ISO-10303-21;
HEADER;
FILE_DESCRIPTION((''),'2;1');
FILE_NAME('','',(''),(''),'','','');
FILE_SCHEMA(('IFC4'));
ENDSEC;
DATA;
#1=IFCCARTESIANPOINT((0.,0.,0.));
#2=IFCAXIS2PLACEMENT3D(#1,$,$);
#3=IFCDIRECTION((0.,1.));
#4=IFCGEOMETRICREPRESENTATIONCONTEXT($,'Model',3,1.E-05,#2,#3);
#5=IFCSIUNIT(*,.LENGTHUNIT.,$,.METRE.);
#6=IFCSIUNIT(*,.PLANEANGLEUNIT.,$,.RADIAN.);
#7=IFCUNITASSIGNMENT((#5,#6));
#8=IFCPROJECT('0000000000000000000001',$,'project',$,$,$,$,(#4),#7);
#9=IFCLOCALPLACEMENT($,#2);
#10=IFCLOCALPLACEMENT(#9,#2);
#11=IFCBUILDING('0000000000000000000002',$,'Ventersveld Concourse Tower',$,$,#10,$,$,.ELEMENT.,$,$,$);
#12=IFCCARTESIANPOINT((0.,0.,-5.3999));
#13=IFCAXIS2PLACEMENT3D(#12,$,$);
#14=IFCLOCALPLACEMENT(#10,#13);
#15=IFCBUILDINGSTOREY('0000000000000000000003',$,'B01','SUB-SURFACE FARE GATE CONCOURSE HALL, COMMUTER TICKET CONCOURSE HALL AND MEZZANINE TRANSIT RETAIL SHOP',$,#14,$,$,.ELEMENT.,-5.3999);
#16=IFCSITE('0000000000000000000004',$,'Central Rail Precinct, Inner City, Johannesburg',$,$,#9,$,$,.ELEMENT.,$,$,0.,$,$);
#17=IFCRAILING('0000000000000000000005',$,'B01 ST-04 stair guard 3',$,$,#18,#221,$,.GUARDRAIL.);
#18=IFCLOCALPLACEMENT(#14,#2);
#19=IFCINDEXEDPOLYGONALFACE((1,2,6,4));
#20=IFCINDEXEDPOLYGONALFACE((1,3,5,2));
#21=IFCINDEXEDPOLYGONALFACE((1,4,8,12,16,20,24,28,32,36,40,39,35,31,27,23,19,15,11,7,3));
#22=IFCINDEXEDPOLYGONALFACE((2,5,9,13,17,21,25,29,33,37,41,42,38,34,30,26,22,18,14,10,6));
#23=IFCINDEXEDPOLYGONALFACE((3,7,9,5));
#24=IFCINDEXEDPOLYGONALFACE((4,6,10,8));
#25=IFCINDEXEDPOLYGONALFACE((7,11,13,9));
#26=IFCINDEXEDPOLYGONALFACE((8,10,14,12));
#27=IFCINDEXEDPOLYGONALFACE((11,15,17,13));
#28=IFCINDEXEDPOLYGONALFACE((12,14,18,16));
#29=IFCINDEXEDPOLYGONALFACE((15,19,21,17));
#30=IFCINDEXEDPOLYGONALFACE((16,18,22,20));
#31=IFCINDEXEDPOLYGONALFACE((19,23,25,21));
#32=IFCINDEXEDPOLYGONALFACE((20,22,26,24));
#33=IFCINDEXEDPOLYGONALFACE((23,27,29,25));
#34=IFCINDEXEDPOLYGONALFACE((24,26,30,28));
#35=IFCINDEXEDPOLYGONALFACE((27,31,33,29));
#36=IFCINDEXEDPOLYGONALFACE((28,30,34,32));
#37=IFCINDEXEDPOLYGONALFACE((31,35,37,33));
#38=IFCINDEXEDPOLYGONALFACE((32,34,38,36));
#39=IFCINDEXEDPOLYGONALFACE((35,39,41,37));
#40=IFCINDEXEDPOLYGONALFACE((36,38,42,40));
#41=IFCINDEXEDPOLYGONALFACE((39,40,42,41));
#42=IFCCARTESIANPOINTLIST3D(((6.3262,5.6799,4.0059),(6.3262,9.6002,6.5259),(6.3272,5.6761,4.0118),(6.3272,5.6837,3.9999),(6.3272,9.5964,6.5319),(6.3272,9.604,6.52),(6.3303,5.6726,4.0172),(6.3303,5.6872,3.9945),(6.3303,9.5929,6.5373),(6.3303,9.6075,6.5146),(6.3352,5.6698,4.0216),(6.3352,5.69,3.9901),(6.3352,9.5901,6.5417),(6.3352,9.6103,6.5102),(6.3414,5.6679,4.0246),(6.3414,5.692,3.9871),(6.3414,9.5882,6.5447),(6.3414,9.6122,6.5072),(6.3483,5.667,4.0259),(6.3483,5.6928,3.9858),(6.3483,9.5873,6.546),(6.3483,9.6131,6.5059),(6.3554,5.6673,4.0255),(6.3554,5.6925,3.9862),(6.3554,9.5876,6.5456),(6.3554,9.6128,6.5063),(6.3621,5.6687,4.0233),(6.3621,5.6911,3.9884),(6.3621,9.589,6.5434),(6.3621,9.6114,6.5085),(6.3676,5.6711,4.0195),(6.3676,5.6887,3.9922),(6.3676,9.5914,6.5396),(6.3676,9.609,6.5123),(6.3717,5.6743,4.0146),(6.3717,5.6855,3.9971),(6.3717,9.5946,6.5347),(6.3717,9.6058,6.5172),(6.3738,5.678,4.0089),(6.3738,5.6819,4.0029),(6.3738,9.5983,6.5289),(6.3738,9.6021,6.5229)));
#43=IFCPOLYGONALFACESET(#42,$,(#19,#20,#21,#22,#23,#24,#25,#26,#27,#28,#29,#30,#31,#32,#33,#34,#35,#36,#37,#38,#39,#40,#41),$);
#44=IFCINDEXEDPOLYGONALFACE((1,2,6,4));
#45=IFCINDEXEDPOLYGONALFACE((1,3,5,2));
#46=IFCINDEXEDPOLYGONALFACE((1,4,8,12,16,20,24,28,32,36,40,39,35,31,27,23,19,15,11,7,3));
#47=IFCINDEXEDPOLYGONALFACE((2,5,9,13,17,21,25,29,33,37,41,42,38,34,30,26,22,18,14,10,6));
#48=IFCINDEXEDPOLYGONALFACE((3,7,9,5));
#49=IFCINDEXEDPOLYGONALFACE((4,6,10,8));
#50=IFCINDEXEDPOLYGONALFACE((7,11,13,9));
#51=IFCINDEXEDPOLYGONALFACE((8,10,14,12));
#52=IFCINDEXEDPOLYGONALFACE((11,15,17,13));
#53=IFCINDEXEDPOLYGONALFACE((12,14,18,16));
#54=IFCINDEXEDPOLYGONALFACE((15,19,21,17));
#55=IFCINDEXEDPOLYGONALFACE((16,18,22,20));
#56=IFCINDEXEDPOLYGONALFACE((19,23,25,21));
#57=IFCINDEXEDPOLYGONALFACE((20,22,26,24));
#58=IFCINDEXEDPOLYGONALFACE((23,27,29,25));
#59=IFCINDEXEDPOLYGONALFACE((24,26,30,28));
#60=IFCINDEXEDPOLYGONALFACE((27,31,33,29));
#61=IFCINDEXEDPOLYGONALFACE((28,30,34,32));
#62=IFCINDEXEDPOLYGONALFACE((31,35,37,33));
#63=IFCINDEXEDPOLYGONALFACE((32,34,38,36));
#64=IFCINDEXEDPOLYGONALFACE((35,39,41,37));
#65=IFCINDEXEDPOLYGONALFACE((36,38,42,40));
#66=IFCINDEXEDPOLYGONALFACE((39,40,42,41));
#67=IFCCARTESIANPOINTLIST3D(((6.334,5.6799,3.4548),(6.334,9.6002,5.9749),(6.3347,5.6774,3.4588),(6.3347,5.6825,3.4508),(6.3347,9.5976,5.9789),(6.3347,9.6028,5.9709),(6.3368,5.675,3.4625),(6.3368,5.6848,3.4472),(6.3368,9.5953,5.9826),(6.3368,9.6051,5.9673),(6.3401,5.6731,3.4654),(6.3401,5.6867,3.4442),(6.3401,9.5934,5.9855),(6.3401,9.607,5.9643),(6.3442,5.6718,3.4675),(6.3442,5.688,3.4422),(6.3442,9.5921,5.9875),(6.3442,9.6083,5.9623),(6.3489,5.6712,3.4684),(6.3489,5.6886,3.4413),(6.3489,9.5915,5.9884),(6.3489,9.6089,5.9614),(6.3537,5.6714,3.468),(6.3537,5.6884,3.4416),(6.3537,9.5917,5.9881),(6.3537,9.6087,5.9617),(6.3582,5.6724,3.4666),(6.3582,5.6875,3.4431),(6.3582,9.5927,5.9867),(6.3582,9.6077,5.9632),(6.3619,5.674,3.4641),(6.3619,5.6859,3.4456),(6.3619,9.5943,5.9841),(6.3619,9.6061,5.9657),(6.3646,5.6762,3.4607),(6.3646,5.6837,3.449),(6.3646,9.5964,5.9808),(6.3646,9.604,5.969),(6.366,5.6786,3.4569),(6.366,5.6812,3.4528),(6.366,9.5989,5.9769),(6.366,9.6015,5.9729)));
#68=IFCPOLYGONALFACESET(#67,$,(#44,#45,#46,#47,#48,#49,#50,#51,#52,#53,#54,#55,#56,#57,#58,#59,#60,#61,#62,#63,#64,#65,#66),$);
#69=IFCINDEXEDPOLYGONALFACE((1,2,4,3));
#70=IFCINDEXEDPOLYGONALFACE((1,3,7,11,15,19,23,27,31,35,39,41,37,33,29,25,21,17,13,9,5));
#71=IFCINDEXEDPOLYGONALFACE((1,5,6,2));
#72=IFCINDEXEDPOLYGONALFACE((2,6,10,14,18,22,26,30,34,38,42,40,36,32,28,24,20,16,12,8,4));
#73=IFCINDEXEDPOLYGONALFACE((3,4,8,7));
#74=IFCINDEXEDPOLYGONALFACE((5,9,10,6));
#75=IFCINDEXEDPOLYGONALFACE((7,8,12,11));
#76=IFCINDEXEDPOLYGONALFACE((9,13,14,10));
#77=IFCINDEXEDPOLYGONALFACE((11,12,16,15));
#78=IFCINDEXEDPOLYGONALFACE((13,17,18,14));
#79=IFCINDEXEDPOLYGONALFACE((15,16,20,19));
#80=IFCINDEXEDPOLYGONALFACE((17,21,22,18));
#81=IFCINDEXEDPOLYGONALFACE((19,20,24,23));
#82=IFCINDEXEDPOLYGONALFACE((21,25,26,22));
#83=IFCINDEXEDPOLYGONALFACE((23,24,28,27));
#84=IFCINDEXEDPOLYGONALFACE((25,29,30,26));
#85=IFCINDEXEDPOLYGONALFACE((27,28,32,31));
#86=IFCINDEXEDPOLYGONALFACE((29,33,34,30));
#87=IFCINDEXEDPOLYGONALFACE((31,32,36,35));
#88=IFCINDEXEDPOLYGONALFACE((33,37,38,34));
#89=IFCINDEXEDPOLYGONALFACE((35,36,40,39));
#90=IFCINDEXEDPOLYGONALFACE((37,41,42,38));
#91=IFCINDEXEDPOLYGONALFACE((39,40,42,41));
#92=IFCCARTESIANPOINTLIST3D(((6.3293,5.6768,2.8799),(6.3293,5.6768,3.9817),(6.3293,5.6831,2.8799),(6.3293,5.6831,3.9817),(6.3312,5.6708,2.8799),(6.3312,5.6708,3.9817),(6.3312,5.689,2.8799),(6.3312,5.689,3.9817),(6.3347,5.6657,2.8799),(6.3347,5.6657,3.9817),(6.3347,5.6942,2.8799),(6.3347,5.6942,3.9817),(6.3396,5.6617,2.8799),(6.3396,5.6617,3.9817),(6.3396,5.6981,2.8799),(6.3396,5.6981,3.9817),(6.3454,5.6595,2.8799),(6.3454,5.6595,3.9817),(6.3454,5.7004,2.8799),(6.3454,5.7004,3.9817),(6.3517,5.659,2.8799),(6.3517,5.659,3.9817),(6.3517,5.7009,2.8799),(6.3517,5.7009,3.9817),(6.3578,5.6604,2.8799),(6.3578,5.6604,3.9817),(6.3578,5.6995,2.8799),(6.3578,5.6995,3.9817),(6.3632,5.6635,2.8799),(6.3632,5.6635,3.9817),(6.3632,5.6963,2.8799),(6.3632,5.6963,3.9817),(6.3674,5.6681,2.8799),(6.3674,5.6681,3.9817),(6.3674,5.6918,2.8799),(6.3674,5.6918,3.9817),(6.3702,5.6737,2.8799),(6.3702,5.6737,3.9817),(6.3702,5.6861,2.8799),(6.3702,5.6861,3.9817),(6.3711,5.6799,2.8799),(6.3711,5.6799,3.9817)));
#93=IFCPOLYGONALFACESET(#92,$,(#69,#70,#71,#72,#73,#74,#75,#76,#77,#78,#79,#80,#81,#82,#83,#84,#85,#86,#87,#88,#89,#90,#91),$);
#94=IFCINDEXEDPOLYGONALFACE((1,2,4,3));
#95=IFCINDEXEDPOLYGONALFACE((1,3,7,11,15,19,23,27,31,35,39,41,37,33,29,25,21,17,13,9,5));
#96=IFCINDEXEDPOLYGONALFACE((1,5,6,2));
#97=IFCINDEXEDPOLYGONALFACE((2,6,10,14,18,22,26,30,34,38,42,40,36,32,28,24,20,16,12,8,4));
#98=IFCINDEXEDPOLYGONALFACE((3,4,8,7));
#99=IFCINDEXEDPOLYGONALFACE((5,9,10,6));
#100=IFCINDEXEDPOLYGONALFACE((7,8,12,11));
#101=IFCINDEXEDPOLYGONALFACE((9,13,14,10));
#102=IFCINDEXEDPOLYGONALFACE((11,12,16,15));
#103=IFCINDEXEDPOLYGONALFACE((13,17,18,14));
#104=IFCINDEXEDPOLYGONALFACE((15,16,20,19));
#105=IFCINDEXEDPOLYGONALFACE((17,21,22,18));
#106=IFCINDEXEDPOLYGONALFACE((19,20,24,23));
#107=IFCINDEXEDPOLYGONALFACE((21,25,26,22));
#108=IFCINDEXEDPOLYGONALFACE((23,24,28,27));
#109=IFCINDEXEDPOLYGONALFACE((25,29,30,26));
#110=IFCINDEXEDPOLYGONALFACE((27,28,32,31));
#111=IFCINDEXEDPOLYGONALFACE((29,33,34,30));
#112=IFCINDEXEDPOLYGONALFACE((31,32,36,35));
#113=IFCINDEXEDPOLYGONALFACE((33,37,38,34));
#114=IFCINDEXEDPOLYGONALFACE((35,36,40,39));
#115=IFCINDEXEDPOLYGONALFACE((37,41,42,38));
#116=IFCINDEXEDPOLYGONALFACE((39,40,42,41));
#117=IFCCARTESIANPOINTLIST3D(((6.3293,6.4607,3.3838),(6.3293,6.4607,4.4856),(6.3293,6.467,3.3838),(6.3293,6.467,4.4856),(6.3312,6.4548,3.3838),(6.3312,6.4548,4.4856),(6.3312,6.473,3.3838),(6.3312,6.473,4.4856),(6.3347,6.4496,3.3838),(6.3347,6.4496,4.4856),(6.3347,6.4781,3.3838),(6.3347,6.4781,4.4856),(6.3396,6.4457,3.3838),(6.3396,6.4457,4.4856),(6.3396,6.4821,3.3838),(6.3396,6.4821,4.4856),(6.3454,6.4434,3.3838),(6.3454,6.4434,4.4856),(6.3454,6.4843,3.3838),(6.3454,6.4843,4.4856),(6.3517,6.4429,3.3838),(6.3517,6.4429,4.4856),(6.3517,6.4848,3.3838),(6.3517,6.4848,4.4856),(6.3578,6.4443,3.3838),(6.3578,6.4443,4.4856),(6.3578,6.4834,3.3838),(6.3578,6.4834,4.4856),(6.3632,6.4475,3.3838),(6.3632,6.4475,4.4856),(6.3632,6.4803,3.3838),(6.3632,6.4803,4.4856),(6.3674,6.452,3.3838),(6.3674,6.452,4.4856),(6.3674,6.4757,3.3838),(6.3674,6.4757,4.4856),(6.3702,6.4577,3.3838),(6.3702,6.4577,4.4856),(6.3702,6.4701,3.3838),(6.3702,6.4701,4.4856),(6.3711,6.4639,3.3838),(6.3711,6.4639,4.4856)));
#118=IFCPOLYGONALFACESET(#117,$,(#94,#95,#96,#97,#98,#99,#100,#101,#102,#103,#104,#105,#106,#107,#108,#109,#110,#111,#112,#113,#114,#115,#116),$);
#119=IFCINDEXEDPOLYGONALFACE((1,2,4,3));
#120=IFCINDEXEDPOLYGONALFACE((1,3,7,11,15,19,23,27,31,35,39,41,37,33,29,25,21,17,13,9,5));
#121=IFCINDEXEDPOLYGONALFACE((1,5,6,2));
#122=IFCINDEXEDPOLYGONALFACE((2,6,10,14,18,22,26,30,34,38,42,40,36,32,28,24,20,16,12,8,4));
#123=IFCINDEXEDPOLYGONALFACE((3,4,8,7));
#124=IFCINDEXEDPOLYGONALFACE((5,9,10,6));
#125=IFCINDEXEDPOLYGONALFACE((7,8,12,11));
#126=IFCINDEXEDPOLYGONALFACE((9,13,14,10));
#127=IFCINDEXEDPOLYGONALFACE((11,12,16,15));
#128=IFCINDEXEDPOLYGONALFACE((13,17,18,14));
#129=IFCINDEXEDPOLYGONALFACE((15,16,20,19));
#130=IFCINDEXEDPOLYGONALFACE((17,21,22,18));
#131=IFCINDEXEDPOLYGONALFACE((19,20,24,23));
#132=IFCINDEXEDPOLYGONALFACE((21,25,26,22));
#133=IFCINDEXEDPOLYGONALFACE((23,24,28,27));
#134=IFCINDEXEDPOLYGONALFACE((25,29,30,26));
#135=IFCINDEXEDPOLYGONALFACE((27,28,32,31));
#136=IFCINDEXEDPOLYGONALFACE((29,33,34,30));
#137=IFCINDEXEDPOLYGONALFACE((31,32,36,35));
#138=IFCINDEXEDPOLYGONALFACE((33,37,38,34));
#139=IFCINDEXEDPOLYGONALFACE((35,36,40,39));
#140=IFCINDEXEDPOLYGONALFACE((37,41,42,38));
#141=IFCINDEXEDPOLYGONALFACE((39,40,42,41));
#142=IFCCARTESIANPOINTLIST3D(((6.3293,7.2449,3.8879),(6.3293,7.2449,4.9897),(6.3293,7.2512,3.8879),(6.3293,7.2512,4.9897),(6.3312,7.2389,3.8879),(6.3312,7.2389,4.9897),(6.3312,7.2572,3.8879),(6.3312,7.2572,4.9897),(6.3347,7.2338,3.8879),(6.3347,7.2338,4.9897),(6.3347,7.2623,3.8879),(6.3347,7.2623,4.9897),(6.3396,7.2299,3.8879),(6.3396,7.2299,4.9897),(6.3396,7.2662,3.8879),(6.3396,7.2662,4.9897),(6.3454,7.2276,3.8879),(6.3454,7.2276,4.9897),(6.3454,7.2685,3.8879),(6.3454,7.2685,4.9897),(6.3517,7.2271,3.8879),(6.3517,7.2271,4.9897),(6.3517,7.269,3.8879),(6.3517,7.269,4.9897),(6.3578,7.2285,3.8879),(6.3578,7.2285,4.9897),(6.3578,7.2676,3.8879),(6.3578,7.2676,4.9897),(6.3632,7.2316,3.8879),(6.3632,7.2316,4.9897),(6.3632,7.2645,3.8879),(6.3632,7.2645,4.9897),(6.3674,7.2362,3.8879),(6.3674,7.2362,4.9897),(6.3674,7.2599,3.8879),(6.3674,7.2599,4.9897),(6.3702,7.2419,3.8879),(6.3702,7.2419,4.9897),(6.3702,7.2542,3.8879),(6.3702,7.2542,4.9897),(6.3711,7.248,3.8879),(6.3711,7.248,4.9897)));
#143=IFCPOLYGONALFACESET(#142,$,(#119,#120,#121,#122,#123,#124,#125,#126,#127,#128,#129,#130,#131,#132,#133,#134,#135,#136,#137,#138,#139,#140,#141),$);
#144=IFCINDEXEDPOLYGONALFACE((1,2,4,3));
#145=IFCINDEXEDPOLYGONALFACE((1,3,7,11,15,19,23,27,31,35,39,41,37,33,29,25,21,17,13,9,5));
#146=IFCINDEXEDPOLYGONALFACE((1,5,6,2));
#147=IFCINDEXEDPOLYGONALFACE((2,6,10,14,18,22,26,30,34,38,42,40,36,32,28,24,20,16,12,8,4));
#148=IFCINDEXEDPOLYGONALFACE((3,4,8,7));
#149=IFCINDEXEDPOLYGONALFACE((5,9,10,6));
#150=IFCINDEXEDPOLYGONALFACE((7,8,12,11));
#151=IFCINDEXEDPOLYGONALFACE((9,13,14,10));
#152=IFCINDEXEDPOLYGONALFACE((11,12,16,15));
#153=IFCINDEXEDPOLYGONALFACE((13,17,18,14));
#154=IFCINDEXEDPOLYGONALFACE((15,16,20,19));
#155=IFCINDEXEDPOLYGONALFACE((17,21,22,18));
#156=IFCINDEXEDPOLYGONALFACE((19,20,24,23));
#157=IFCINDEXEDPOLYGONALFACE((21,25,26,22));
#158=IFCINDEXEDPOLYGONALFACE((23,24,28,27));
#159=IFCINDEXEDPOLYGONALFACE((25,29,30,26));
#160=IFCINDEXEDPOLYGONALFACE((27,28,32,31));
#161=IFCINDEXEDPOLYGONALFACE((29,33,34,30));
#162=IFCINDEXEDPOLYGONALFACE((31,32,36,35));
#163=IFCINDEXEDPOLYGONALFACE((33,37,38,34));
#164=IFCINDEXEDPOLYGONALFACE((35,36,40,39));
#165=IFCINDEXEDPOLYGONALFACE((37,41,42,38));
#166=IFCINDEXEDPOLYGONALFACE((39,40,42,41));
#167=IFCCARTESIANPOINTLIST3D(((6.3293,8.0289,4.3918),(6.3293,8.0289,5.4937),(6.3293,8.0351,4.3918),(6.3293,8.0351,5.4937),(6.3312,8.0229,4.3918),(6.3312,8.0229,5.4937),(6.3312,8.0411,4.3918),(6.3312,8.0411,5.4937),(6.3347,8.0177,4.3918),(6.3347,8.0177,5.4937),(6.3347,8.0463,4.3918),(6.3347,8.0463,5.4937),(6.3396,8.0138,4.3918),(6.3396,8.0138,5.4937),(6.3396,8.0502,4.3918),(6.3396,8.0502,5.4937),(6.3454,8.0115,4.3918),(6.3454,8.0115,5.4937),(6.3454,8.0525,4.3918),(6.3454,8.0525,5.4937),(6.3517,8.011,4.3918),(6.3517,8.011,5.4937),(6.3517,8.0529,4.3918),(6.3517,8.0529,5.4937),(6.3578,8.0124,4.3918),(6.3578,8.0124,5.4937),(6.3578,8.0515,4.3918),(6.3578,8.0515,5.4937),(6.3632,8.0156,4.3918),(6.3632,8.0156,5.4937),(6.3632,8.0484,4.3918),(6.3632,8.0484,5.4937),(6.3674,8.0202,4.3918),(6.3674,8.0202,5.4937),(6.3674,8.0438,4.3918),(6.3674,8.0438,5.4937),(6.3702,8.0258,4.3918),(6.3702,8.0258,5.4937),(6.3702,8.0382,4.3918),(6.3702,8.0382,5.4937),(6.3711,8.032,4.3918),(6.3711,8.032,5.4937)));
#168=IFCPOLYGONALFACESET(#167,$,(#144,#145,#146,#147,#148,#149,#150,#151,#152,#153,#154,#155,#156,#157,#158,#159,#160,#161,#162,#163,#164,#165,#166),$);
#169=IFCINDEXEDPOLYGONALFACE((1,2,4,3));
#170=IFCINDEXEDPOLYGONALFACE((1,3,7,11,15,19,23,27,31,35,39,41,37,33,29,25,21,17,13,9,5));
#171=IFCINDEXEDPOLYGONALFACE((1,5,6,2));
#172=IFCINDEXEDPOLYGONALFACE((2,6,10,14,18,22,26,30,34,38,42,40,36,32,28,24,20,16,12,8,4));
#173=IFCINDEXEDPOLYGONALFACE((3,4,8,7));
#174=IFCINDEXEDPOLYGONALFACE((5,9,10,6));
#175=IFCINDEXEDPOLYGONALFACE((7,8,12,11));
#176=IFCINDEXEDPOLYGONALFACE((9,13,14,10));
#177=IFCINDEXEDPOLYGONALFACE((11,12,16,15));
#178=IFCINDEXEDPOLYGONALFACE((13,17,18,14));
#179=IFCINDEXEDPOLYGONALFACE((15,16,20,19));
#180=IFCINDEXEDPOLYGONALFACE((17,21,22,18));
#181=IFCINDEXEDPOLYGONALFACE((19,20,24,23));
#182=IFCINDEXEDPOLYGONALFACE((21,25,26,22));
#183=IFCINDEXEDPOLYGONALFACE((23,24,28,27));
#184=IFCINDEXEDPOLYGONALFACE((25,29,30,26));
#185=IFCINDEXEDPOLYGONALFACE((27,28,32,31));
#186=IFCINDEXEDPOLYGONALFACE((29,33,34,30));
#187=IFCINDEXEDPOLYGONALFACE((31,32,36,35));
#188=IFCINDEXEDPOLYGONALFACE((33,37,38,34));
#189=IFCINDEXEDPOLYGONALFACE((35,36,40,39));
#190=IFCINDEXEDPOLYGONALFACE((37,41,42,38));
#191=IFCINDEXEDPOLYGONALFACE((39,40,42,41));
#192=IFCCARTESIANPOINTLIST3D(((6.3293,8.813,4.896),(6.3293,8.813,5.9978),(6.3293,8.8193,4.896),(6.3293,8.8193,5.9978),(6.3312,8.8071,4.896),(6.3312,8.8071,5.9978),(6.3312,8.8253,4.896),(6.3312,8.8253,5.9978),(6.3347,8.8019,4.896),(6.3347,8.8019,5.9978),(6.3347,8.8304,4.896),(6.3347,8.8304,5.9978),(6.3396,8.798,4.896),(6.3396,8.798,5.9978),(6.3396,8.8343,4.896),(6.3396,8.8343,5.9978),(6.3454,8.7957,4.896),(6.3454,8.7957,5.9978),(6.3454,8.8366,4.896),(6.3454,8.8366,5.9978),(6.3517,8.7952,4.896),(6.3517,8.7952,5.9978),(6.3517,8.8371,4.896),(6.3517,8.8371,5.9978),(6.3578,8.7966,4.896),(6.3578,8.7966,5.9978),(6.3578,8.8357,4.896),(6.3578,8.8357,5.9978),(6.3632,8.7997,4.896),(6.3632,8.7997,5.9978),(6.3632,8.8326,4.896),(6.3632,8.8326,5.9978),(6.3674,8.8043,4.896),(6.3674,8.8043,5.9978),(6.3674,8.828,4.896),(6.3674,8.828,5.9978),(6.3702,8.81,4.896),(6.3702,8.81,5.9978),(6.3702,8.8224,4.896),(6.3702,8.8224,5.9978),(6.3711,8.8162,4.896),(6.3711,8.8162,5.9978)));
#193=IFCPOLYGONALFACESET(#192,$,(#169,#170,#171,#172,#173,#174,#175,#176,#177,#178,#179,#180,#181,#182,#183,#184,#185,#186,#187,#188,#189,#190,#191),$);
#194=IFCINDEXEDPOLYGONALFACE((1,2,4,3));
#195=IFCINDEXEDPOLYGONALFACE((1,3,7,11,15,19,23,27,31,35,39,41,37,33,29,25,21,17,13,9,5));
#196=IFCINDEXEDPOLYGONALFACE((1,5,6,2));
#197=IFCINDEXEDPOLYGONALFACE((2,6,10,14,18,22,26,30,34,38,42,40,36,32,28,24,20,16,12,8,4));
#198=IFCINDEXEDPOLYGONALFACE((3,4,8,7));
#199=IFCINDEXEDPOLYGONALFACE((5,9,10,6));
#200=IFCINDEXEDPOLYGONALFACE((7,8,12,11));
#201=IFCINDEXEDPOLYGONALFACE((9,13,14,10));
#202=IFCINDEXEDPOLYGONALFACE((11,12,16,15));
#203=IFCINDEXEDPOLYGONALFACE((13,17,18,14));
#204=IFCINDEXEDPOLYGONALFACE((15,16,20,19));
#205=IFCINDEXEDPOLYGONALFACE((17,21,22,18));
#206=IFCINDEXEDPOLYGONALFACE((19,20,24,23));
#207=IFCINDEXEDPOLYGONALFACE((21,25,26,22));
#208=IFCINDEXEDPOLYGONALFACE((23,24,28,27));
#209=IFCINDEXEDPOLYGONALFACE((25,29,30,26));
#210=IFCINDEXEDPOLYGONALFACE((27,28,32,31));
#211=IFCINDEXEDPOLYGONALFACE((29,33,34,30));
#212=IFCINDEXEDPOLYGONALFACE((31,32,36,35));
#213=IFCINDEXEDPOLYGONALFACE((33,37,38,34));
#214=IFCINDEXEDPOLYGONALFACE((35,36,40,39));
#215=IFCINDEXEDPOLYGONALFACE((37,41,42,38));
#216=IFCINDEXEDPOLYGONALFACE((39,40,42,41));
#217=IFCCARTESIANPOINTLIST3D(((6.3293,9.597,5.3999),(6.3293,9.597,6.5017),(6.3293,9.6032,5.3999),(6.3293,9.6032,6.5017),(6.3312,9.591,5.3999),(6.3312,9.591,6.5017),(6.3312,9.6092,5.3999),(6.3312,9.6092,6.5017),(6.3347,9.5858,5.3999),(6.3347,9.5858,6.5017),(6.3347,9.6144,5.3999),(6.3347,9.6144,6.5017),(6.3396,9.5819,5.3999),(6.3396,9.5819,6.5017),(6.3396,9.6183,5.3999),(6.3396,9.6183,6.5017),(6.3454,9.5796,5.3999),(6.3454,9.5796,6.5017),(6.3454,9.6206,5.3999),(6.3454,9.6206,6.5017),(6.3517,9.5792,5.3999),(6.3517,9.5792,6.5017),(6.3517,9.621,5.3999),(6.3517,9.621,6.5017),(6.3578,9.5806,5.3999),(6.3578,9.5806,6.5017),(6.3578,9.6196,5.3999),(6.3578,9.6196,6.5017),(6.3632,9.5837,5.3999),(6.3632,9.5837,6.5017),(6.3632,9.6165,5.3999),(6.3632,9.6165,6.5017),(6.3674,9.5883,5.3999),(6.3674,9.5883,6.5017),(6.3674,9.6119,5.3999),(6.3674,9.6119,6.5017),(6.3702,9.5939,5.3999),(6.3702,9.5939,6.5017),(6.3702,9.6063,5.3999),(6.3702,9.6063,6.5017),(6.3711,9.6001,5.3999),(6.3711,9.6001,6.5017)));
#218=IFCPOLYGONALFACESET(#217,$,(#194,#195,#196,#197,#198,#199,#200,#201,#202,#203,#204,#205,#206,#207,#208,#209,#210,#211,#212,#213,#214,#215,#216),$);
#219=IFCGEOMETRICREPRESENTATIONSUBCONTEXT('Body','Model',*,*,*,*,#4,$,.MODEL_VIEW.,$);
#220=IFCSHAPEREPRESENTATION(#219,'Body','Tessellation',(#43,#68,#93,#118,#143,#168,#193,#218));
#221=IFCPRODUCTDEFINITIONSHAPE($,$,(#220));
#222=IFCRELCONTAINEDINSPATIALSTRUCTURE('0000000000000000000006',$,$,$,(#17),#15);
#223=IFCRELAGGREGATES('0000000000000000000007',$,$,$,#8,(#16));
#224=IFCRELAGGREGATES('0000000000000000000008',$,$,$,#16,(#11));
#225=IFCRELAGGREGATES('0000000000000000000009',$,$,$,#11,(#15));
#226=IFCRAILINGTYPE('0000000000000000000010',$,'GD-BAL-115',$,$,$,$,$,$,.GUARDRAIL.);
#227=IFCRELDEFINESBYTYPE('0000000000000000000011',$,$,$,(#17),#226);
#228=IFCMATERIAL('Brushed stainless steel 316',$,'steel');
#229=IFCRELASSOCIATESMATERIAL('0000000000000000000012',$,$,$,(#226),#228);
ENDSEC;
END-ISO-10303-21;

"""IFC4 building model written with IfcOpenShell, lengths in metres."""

from ifc_helpers import new_model, si_unit, direction, frame, origin, origin_2d, place, context, subcontext, project, spatial, circle, extrude, material, type_object, element, save


model = new_model("IFC4")

# Units and contexts
model_context = context("Model", 3, precision=1e-05, world=origin(), true_north=direction((0.0, 1.0)))
body_context = subcontext(model_context, "Body", "Model", "MODEL_VIEW")
ifc_project = project(units=[si_unit("LENGTHUNIT", "METRE"), si_unit("PLANEANGLEUNIT", "RADIAN")], contexts=[model_context])

# Site, building, storey
site_placement = place(None, origin())
site = spatial("IfcSite", under=ifc_project, at=site_placement, Name="Central Rail Precinct, Inner City, Johannesburg", CompositionType="ELEMENT", RefElevation=0.0)
building_placement = place(site_placement, origin())
building = spatial("IfcBuilding", under=site, at=building_placement, Name="Ventersveld Concourse Tower", CompositionType="ELEMENT")
storey_placement = place(building_placement, frame((0.0, 0.0, -5.3999)))
storey = spatial("IfcBuildingStorey", under=building, at=storey_placement, Name="B01", Description="SUB-SURFACE FARE GATE CONCOURSE HALL, COMMUTER TICKET CONCOURSE HALL AND MEZZANINE TRANSIT RETAIL SHOP", CompositionType="ELEMENT", Elevation=-5.3999)

# Railing
ifc_material_1 = material(Name="Brushed stainless steel 316", Category="steel")
railing_type_1 = type_object("IfcRailingType", Name="GD-BAL-115", PredefinedType="GUARDRAIL", material=ifc_material_1)
railing_1_placement = place(storey_placement, frame((6.3501, 5.6799, 2.8799)))
element("IfcRailing", 1, at=railing_1_placement, inside=storey, type_object=railing_type_1, Name="B01 ST-04 stair guard 3", PredefinedType="GUARDRAIL", context=body_context, shape_type="SweptSolid", body=[
    extrude(circle(Radius=0.0239, at=origin_2d()), frame((0.0, 0.0, 1.126), z_axis=(0.0, 0.841187, 0.540744), x_axis=(-1.0, 0.0, 0.0)), (0.0, 0.0, 1.0), 4.6604),
    extrude(circle(Radius=0.0161, at=origin_2d()), frame((0.0, 0.0, 0.575), z_axis=(0.0, 0.841187, 0.540744), x_axis=(-1.0, 0.0, 0.0)), (0.0, 0.0, 1.0), 4.6604),
    extrude(circle(Radius=0.021, at=origin_2d()), origin(), (0.0, 0.0, 1.0), 1.1018),
    extrude(circle(Radius=0.021, at=origin_2d()), frame((0.0, 0.7839, 0.5039)), (0.0, 0.0, 1.0), 1.1018),
    extrude(circle(Radius=0.021, at=origin_2d()), frame((0.0, 1.5681, 1.0081)), (0.0, 0.0, 1.0), 1.1018),
    extrude(circle(Radius=0.021, at=origin_2d()), frame((0.0, 2.3521, 1.512)), (0.0, 0.0, 1.0), 1.1018),
    extrude(circle(Radius=0.021, at=origin_2d()), frame((0.0, 3.1362, 2.0161)), (0.0, 0.0, 1.0), 1.1018),
    extrude(circle(Radius=0.021, at=origin_2d()), frame((0.0, 3.9202, 2.52)), (0.0, 0.0, 1.0), 1.1018),
])

save(model, "model.ifc")
